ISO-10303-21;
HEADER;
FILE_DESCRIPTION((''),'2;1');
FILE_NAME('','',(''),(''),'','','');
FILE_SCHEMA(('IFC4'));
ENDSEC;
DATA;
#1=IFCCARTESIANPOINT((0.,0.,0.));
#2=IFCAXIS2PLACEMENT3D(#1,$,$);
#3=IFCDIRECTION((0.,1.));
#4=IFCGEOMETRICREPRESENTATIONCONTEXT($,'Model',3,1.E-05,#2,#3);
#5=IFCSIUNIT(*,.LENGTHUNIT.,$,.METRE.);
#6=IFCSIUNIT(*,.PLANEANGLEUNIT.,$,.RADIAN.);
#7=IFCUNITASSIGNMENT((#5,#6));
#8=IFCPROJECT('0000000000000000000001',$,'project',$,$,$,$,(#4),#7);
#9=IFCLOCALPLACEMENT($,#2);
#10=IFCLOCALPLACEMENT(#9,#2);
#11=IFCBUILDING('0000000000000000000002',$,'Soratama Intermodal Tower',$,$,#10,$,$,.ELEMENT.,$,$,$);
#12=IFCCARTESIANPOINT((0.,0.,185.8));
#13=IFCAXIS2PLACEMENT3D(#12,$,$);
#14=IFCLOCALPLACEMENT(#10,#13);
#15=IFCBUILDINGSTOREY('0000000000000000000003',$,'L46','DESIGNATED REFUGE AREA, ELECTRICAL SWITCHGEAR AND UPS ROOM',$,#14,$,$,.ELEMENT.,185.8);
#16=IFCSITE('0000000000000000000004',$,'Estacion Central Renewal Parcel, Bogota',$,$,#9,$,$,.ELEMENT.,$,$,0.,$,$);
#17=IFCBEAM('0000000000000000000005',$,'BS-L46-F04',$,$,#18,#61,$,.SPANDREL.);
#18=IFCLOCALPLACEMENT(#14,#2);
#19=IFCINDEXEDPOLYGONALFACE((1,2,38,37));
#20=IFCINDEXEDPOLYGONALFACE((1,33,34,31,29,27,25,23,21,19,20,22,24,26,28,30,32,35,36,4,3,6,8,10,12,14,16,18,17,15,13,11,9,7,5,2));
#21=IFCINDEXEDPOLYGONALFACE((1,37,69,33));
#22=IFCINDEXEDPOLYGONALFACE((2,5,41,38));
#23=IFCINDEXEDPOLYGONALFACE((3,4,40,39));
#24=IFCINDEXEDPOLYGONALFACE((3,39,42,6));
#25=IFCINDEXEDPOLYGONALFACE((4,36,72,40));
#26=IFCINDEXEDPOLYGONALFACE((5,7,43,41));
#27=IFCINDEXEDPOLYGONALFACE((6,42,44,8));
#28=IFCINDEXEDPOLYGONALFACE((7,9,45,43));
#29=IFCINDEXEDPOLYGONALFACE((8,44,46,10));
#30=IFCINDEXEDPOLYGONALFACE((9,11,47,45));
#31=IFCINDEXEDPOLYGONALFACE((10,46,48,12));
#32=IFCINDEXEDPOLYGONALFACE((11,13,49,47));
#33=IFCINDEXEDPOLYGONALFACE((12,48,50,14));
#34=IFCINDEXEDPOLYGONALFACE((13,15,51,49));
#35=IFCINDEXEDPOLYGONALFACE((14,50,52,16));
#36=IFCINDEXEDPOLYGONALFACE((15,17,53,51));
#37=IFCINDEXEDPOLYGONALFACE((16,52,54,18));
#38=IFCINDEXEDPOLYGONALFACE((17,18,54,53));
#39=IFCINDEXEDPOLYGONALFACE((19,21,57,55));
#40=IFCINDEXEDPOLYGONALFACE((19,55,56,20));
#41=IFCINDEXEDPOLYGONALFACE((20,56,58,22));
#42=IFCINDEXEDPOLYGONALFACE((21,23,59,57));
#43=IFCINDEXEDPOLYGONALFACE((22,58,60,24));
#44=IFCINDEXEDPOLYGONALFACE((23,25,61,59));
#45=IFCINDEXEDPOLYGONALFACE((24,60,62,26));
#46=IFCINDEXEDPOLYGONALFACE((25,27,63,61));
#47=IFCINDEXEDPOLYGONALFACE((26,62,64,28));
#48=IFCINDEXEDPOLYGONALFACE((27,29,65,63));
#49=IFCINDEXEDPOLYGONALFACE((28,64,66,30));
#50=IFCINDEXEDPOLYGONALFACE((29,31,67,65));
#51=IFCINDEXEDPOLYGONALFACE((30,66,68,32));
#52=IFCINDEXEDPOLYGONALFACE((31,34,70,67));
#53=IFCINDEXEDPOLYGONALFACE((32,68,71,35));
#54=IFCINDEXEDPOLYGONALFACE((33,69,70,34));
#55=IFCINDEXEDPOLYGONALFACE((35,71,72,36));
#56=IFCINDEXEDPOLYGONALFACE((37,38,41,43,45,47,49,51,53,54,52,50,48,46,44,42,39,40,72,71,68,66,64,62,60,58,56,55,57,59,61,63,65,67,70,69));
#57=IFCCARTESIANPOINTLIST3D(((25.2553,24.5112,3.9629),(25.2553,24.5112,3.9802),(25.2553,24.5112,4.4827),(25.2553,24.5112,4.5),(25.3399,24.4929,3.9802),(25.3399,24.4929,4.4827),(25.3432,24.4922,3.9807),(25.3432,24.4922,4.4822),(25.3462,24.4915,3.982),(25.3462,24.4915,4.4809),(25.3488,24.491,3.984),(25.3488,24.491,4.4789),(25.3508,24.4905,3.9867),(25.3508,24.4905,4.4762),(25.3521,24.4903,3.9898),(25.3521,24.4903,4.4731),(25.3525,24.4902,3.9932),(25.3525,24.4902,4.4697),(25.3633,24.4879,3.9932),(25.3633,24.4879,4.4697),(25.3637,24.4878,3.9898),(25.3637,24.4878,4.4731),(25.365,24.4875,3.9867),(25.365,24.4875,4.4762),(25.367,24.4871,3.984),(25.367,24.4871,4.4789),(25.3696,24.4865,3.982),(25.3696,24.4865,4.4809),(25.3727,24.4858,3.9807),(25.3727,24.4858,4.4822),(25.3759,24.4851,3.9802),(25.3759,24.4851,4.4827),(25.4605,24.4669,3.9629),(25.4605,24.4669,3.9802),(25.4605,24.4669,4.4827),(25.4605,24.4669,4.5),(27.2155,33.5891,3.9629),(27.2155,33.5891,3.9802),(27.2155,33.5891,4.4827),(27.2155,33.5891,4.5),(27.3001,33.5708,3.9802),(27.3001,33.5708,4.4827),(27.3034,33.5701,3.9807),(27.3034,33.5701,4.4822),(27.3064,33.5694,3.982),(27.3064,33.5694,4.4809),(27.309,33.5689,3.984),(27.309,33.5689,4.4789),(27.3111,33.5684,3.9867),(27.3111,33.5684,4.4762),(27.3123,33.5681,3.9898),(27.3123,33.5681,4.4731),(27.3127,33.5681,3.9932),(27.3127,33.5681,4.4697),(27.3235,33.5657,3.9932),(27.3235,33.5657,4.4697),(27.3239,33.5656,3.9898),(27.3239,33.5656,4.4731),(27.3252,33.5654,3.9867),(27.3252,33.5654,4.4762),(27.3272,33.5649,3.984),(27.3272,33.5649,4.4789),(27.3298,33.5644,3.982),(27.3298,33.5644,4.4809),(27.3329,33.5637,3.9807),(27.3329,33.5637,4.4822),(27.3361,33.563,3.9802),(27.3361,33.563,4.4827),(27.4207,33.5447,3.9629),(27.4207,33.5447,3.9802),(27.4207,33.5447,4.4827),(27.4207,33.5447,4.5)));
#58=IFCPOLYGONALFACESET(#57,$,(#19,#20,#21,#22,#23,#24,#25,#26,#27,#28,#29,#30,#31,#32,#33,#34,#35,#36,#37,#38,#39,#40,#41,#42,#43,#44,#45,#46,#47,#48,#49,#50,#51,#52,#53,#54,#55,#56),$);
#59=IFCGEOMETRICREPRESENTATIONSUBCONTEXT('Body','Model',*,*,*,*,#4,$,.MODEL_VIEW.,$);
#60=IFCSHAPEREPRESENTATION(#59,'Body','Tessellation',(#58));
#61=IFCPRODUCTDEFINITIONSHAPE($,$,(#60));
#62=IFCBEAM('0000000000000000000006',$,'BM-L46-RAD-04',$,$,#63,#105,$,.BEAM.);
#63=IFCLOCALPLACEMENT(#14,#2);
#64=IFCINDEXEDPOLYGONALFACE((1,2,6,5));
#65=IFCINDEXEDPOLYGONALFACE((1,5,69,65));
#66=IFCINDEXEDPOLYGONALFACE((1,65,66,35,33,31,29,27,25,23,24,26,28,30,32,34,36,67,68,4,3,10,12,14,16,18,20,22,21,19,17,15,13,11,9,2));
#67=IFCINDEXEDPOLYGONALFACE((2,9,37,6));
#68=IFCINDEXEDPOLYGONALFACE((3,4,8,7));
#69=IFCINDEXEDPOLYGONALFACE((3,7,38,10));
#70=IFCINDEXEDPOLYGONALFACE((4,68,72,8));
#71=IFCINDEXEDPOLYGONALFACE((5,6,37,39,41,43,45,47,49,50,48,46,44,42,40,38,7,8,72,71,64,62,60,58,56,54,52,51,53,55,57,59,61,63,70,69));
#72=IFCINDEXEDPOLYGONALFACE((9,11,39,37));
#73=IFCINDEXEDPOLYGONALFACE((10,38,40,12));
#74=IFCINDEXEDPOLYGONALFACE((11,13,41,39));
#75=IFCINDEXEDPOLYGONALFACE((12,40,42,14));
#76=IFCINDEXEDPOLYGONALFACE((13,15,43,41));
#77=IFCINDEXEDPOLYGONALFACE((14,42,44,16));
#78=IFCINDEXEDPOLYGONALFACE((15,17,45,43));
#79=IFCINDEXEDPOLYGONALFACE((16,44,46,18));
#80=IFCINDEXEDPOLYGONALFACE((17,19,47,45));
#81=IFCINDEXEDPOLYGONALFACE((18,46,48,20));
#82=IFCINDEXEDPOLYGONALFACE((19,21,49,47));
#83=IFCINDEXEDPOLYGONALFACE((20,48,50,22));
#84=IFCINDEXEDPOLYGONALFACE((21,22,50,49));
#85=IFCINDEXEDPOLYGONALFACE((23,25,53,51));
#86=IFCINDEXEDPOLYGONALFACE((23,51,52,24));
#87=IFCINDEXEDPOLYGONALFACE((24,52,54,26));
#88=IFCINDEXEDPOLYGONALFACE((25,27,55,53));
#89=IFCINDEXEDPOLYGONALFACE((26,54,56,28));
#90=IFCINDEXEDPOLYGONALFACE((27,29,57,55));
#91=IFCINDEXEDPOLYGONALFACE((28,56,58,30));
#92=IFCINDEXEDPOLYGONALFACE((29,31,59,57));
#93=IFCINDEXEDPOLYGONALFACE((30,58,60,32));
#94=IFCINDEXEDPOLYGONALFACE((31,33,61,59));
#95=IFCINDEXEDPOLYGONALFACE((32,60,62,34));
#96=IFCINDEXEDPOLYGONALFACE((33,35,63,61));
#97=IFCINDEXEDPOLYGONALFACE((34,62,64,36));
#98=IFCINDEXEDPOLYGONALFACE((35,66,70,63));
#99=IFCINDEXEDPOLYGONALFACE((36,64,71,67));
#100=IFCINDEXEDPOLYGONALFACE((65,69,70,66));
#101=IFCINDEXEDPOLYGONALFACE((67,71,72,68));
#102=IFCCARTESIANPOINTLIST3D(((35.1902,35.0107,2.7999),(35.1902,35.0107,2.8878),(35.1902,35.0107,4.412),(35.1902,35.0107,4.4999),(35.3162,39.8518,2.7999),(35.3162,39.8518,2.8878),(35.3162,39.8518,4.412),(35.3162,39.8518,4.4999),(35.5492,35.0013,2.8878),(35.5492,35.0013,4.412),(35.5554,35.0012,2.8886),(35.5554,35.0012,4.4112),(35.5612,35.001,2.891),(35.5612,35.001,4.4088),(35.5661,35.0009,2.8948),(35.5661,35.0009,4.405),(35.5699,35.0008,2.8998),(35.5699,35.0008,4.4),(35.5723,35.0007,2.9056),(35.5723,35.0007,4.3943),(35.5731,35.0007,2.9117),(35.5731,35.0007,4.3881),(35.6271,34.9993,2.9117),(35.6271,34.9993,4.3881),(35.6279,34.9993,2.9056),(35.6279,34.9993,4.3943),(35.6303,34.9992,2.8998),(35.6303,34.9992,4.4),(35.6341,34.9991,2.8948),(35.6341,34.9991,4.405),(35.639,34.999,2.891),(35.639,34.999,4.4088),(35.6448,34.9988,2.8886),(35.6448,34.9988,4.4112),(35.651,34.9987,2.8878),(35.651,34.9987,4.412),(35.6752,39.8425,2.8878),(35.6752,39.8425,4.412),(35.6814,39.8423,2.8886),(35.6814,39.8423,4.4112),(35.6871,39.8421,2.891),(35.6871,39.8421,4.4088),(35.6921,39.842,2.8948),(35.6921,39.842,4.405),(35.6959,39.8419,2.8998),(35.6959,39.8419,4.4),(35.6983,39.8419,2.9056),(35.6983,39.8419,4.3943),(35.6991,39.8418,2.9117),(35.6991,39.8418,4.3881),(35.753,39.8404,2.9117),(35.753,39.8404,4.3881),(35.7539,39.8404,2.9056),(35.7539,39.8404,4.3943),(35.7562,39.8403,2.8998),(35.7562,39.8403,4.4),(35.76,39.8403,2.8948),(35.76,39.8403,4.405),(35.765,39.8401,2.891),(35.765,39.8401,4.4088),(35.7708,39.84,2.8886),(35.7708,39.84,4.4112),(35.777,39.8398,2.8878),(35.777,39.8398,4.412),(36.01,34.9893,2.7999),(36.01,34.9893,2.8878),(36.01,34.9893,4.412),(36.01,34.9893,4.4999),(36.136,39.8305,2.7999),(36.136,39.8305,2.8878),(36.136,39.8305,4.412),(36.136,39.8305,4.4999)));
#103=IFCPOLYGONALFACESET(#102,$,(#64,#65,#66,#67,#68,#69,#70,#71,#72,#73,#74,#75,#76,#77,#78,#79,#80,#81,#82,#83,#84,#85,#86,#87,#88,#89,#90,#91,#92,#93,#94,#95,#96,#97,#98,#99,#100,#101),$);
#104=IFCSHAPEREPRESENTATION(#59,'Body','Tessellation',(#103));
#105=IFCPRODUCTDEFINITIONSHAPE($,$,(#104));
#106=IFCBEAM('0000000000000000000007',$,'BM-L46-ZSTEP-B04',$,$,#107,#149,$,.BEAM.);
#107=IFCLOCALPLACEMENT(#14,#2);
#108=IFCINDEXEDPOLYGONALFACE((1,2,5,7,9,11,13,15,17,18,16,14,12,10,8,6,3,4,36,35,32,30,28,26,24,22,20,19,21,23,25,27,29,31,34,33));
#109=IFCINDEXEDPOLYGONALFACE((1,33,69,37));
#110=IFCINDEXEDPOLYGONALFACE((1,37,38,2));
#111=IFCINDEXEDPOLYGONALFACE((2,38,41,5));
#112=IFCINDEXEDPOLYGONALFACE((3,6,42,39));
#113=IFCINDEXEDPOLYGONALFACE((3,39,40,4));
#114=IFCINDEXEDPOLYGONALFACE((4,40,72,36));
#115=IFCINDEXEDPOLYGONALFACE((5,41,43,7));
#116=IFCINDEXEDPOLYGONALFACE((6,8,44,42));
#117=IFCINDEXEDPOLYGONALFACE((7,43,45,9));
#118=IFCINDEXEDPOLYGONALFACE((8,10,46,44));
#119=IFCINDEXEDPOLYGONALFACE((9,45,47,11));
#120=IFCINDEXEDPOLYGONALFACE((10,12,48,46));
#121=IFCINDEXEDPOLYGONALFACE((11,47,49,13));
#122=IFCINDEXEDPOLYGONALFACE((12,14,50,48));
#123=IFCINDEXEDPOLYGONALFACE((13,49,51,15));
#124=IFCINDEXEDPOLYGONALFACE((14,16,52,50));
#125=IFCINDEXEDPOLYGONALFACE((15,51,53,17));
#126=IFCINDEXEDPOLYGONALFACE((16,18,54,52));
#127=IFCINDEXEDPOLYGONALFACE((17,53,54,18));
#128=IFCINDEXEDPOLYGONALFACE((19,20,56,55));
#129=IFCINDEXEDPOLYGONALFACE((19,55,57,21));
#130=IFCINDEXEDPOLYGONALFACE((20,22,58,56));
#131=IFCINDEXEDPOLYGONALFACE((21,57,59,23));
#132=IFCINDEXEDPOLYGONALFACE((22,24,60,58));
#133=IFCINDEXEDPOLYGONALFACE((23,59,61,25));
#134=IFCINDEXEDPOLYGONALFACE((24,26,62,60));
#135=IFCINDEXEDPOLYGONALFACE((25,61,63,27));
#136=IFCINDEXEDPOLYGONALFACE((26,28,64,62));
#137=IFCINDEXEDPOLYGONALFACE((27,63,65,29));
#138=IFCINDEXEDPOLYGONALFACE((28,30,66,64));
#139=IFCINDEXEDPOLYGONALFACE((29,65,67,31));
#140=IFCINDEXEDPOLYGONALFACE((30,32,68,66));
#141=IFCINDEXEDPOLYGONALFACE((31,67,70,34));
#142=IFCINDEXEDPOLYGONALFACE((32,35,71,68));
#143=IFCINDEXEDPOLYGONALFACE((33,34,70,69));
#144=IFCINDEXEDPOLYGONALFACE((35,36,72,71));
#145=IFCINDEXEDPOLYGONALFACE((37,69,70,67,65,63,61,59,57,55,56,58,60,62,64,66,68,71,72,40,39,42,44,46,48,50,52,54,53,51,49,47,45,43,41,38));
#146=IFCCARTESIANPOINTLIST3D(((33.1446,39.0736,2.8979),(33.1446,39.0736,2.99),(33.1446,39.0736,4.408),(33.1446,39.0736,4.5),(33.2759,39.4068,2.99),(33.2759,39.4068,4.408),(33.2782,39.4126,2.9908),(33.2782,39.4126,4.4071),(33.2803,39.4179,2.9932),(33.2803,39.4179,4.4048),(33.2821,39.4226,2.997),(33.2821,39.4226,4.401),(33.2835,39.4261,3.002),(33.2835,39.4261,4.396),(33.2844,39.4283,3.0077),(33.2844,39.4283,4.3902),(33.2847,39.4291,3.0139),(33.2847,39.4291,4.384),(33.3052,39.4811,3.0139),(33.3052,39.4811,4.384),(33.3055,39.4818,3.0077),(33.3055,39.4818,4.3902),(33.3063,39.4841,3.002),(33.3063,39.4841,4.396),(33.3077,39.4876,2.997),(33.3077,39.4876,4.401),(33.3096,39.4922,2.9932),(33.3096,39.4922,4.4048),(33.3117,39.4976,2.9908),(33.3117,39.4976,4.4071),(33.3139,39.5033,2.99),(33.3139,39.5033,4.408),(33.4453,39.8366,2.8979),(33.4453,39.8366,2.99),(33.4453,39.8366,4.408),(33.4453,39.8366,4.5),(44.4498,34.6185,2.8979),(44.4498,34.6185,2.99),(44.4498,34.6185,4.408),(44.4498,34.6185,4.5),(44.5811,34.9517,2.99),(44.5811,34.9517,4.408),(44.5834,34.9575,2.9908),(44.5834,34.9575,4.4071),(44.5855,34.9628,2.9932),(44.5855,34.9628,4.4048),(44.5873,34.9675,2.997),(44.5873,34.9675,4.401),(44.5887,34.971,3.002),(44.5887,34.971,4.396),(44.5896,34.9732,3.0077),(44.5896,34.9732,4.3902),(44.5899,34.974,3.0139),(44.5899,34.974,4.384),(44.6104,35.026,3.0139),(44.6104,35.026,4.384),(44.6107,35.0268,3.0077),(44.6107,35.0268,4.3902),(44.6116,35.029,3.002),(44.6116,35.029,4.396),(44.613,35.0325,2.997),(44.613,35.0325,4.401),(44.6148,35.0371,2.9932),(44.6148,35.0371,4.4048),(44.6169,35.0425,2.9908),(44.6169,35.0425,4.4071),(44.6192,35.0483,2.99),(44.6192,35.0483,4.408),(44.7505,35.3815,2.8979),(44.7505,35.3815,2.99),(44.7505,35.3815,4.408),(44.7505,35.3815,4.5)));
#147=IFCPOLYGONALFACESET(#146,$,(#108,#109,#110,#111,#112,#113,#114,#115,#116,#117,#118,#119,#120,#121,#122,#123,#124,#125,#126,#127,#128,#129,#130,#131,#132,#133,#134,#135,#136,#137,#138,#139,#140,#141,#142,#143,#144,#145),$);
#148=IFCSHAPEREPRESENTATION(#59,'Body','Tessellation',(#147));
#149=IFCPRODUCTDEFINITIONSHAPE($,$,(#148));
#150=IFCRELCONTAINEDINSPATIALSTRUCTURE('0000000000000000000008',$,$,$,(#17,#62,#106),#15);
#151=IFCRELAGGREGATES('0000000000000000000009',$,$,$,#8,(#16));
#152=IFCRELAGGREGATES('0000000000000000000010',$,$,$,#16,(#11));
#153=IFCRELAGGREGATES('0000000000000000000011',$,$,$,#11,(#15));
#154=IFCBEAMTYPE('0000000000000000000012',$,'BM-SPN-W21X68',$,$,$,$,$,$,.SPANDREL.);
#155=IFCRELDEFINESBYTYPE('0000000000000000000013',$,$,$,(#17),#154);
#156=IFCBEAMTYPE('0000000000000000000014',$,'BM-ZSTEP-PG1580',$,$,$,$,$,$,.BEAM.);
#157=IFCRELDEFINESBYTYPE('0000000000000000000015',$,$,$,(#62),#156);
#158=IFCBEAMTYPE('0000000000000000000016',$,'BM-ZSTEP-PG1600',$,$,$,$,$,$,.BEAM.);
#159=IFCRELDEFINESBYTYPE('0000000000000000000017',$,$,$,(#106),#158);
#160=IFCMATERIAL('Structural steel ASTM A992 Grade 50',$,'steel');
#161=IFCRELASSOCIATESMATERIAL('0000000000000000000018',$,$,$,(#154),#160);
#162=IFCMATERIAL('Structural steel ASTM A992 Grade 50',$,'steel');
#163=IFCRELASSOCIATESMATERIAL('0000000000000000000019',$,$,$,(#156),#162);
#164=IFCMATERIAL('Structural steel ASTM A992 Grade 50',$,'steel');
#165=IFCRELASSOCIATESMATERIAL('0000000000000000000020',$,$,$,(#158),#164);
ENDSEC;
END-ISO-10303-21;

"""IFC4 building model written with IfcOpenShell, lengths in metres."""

from ifc_helpers import new_model, si_unit, direction, frame, origin, origin_2d, place, context, subcontext, project, spatial, i_section, extrude, material, material_profile, profile_set, type_object, element, save


model = new_model("IFC4")

# Units and contexts
model_context = context("Model", 3, precision=1e-05, world=origin(), true_north=direction((0.0, 1.0)))
body_context = subcontext(model_context, "Body", "Model", "MODEL_VIEW")
ifc_project = project(units=[si_unit("LENGTHUNIT", "METRE"), si_unit("PLANEANGLEUNIT", "RADIAN")], contexts=[model_context])

# Site, building, storey
site_placement = place(None, origin())
site = spatial("IfcSite", under=ifc_project, at=site_placement, Name="Estacion Central Renewal Parcel, Bogota", CompositionType="ELEMENT", RefElevation=0.0)
building_placement = place(site_placement, origin())
building = spatial("IfcBuilding", under=site, at=building_placement, Name="Soratama Intermodal Tower", CompositionType="ELEMENT")
storey_placement = place(building_placement, frame((0.0, 0.0, 185.8)))
storey = spatial("IfcBuildingStorey", under=building, at=storey_placement, Name="L46", Description="DESIGNATED REFUGE AREA, ELECTRICAL SWITCHGEAR AND UPS ROOM", CompositionType="ELEMENT", Elevation=185.8)

# Beams
ifc_material_1 = material(Name="Structural steel ASTM A992 Grade 50", Category="steel")
ifc_material_profile_1 = material_profile(ifc_material_1, i_section(OverallWidth=0.21, OverallDepth=0.5371, WebThickness=0.011, FlangeThickness=0.0173, FilletRadius=0.0129, at=origin_2d()), Name="W21X68")
ifc_profile_set_1 = profile_set([ifc_material_profile_1], Name="Structural steel ASTM A992 Grade 50")
beam_type_1 = type_object("IfcBeamType", Name="BM-SPN-W21X68", PredefinedType="SPANDREL", material=ifc_profile_set_1)
beam_1_placement = place(storey_placement, frame((27.3181, 33.5669, 4.2314), z_axis=(-0.211067, -0.977472, 0.0), x_axis=(0.977472, -0.211067, 0.0)))
element("IfcBeam", 1, at=beam_1_placement, inside=storey, type_object=beam_type_1, Name="BS-L46-F04", PredefinedType="SPANDREL", context=body_context, shape_type="SweptSolid", body=[
    extrude(i_section(OverallWidth=0.21, OverallDepth=0.5371, WebThickness=0.011, FlangeThickness=0.0173, FilletRadius=0.0129, at=origin_2d()), origin(), (0.0, 0.0, 1.0), 9.2871),
])
ifc_material_2 = material(Name="Structural steel ASTM A992 Grade 50", Category="steel")
ifc_material_profile_2 = material_profile(ifc_material_2, i_section(OverallWidth=0.8201, OverallDepth=1.7, WebThickness=0.054, FlangeThickness=0.0879, FilletRadius=0.0239, at=origin_2d()), Name="PG1580X800")
ifc_profile_set_2 = profile_set([ifc_material_profile_2], Name="Structural steel ASTM A992 Grade 50")
beam_type_2 = type_object("IfcBeamType", Name="BM-ZSTEP-PG1580", PredefinedType="BEAM", material=ifc_profile_set_2)
beam_2_placement = place(storey_placement, frame((35.6001, 35.0, 3.6499), z_axis=(0.026014, 0.999662, 0.0), x_axis=(-0.999662, 0.026014, 0.0)))
element("IfcBeam", 2, at=beam_2_placement, inside=storey, type_object=beam_type_2, Name="BM-L46-RAD-04", PredefinedType="BEAM", context=body_context, shape_type="SweptSolid", body=[
    extrude(i_section(OverallWidth=0.8201, OverallDepth=1.7, WebThickness=0.054, FlangeThickness=0.0879, FilletRadius=0.0239, at=origin_2d()), origin(), (0.0, 0.0, 1.0), 4.8428),
])
ifc_material_3 = material(Name="Structural steel ASTM A992 Grade 50", Category="steel")
ifc_material_profile_3 = material_profile(ifc_material_3, i_section(OverallWidth=0.8201, OverallDepth=1.6021, WebThickness=0.0559, FlangeThickness=0.092, FilletRadius=0.0239, at=origin_2d()), Name="PG1600X650")
ifc_profile_set_3 = profile_set([ifc_material_profile_3], Name="Structural steel ASTM A992 Grade 50")
beam_type_3 = type_object("IfcBeamType", Name="BM-ZSTEP-PG1600", PredefinedType="BEAM", material=ifc_profile_set_3)
beam_3_placement = place(storey_placement, frame((33.2949, 39.4551, 3.699), z_axis=(0.930366, -0.366633, 0.0), x_axis=(0.366633, 0.930366, 0.0)))
element("IfcBeam", 3, at=beam_3_placement, inside=storey, type_object=beam_type_3, Name="BM-L46-ZSTEP-B04", PredefinedType="BEAM", context=body_context, shape_type="SweptSolid", body=[
    extrude(i_section(OverallWidth=0.8201, OverallDepth=1.6021, WebThickness=0.0559, FlangeThickness=0.092, FilletRadius=0.0239, at=origin_2d()), origin(), (0.0, 0.0, 1.0), 12.1514),
])

save(model, "model.ifc")
